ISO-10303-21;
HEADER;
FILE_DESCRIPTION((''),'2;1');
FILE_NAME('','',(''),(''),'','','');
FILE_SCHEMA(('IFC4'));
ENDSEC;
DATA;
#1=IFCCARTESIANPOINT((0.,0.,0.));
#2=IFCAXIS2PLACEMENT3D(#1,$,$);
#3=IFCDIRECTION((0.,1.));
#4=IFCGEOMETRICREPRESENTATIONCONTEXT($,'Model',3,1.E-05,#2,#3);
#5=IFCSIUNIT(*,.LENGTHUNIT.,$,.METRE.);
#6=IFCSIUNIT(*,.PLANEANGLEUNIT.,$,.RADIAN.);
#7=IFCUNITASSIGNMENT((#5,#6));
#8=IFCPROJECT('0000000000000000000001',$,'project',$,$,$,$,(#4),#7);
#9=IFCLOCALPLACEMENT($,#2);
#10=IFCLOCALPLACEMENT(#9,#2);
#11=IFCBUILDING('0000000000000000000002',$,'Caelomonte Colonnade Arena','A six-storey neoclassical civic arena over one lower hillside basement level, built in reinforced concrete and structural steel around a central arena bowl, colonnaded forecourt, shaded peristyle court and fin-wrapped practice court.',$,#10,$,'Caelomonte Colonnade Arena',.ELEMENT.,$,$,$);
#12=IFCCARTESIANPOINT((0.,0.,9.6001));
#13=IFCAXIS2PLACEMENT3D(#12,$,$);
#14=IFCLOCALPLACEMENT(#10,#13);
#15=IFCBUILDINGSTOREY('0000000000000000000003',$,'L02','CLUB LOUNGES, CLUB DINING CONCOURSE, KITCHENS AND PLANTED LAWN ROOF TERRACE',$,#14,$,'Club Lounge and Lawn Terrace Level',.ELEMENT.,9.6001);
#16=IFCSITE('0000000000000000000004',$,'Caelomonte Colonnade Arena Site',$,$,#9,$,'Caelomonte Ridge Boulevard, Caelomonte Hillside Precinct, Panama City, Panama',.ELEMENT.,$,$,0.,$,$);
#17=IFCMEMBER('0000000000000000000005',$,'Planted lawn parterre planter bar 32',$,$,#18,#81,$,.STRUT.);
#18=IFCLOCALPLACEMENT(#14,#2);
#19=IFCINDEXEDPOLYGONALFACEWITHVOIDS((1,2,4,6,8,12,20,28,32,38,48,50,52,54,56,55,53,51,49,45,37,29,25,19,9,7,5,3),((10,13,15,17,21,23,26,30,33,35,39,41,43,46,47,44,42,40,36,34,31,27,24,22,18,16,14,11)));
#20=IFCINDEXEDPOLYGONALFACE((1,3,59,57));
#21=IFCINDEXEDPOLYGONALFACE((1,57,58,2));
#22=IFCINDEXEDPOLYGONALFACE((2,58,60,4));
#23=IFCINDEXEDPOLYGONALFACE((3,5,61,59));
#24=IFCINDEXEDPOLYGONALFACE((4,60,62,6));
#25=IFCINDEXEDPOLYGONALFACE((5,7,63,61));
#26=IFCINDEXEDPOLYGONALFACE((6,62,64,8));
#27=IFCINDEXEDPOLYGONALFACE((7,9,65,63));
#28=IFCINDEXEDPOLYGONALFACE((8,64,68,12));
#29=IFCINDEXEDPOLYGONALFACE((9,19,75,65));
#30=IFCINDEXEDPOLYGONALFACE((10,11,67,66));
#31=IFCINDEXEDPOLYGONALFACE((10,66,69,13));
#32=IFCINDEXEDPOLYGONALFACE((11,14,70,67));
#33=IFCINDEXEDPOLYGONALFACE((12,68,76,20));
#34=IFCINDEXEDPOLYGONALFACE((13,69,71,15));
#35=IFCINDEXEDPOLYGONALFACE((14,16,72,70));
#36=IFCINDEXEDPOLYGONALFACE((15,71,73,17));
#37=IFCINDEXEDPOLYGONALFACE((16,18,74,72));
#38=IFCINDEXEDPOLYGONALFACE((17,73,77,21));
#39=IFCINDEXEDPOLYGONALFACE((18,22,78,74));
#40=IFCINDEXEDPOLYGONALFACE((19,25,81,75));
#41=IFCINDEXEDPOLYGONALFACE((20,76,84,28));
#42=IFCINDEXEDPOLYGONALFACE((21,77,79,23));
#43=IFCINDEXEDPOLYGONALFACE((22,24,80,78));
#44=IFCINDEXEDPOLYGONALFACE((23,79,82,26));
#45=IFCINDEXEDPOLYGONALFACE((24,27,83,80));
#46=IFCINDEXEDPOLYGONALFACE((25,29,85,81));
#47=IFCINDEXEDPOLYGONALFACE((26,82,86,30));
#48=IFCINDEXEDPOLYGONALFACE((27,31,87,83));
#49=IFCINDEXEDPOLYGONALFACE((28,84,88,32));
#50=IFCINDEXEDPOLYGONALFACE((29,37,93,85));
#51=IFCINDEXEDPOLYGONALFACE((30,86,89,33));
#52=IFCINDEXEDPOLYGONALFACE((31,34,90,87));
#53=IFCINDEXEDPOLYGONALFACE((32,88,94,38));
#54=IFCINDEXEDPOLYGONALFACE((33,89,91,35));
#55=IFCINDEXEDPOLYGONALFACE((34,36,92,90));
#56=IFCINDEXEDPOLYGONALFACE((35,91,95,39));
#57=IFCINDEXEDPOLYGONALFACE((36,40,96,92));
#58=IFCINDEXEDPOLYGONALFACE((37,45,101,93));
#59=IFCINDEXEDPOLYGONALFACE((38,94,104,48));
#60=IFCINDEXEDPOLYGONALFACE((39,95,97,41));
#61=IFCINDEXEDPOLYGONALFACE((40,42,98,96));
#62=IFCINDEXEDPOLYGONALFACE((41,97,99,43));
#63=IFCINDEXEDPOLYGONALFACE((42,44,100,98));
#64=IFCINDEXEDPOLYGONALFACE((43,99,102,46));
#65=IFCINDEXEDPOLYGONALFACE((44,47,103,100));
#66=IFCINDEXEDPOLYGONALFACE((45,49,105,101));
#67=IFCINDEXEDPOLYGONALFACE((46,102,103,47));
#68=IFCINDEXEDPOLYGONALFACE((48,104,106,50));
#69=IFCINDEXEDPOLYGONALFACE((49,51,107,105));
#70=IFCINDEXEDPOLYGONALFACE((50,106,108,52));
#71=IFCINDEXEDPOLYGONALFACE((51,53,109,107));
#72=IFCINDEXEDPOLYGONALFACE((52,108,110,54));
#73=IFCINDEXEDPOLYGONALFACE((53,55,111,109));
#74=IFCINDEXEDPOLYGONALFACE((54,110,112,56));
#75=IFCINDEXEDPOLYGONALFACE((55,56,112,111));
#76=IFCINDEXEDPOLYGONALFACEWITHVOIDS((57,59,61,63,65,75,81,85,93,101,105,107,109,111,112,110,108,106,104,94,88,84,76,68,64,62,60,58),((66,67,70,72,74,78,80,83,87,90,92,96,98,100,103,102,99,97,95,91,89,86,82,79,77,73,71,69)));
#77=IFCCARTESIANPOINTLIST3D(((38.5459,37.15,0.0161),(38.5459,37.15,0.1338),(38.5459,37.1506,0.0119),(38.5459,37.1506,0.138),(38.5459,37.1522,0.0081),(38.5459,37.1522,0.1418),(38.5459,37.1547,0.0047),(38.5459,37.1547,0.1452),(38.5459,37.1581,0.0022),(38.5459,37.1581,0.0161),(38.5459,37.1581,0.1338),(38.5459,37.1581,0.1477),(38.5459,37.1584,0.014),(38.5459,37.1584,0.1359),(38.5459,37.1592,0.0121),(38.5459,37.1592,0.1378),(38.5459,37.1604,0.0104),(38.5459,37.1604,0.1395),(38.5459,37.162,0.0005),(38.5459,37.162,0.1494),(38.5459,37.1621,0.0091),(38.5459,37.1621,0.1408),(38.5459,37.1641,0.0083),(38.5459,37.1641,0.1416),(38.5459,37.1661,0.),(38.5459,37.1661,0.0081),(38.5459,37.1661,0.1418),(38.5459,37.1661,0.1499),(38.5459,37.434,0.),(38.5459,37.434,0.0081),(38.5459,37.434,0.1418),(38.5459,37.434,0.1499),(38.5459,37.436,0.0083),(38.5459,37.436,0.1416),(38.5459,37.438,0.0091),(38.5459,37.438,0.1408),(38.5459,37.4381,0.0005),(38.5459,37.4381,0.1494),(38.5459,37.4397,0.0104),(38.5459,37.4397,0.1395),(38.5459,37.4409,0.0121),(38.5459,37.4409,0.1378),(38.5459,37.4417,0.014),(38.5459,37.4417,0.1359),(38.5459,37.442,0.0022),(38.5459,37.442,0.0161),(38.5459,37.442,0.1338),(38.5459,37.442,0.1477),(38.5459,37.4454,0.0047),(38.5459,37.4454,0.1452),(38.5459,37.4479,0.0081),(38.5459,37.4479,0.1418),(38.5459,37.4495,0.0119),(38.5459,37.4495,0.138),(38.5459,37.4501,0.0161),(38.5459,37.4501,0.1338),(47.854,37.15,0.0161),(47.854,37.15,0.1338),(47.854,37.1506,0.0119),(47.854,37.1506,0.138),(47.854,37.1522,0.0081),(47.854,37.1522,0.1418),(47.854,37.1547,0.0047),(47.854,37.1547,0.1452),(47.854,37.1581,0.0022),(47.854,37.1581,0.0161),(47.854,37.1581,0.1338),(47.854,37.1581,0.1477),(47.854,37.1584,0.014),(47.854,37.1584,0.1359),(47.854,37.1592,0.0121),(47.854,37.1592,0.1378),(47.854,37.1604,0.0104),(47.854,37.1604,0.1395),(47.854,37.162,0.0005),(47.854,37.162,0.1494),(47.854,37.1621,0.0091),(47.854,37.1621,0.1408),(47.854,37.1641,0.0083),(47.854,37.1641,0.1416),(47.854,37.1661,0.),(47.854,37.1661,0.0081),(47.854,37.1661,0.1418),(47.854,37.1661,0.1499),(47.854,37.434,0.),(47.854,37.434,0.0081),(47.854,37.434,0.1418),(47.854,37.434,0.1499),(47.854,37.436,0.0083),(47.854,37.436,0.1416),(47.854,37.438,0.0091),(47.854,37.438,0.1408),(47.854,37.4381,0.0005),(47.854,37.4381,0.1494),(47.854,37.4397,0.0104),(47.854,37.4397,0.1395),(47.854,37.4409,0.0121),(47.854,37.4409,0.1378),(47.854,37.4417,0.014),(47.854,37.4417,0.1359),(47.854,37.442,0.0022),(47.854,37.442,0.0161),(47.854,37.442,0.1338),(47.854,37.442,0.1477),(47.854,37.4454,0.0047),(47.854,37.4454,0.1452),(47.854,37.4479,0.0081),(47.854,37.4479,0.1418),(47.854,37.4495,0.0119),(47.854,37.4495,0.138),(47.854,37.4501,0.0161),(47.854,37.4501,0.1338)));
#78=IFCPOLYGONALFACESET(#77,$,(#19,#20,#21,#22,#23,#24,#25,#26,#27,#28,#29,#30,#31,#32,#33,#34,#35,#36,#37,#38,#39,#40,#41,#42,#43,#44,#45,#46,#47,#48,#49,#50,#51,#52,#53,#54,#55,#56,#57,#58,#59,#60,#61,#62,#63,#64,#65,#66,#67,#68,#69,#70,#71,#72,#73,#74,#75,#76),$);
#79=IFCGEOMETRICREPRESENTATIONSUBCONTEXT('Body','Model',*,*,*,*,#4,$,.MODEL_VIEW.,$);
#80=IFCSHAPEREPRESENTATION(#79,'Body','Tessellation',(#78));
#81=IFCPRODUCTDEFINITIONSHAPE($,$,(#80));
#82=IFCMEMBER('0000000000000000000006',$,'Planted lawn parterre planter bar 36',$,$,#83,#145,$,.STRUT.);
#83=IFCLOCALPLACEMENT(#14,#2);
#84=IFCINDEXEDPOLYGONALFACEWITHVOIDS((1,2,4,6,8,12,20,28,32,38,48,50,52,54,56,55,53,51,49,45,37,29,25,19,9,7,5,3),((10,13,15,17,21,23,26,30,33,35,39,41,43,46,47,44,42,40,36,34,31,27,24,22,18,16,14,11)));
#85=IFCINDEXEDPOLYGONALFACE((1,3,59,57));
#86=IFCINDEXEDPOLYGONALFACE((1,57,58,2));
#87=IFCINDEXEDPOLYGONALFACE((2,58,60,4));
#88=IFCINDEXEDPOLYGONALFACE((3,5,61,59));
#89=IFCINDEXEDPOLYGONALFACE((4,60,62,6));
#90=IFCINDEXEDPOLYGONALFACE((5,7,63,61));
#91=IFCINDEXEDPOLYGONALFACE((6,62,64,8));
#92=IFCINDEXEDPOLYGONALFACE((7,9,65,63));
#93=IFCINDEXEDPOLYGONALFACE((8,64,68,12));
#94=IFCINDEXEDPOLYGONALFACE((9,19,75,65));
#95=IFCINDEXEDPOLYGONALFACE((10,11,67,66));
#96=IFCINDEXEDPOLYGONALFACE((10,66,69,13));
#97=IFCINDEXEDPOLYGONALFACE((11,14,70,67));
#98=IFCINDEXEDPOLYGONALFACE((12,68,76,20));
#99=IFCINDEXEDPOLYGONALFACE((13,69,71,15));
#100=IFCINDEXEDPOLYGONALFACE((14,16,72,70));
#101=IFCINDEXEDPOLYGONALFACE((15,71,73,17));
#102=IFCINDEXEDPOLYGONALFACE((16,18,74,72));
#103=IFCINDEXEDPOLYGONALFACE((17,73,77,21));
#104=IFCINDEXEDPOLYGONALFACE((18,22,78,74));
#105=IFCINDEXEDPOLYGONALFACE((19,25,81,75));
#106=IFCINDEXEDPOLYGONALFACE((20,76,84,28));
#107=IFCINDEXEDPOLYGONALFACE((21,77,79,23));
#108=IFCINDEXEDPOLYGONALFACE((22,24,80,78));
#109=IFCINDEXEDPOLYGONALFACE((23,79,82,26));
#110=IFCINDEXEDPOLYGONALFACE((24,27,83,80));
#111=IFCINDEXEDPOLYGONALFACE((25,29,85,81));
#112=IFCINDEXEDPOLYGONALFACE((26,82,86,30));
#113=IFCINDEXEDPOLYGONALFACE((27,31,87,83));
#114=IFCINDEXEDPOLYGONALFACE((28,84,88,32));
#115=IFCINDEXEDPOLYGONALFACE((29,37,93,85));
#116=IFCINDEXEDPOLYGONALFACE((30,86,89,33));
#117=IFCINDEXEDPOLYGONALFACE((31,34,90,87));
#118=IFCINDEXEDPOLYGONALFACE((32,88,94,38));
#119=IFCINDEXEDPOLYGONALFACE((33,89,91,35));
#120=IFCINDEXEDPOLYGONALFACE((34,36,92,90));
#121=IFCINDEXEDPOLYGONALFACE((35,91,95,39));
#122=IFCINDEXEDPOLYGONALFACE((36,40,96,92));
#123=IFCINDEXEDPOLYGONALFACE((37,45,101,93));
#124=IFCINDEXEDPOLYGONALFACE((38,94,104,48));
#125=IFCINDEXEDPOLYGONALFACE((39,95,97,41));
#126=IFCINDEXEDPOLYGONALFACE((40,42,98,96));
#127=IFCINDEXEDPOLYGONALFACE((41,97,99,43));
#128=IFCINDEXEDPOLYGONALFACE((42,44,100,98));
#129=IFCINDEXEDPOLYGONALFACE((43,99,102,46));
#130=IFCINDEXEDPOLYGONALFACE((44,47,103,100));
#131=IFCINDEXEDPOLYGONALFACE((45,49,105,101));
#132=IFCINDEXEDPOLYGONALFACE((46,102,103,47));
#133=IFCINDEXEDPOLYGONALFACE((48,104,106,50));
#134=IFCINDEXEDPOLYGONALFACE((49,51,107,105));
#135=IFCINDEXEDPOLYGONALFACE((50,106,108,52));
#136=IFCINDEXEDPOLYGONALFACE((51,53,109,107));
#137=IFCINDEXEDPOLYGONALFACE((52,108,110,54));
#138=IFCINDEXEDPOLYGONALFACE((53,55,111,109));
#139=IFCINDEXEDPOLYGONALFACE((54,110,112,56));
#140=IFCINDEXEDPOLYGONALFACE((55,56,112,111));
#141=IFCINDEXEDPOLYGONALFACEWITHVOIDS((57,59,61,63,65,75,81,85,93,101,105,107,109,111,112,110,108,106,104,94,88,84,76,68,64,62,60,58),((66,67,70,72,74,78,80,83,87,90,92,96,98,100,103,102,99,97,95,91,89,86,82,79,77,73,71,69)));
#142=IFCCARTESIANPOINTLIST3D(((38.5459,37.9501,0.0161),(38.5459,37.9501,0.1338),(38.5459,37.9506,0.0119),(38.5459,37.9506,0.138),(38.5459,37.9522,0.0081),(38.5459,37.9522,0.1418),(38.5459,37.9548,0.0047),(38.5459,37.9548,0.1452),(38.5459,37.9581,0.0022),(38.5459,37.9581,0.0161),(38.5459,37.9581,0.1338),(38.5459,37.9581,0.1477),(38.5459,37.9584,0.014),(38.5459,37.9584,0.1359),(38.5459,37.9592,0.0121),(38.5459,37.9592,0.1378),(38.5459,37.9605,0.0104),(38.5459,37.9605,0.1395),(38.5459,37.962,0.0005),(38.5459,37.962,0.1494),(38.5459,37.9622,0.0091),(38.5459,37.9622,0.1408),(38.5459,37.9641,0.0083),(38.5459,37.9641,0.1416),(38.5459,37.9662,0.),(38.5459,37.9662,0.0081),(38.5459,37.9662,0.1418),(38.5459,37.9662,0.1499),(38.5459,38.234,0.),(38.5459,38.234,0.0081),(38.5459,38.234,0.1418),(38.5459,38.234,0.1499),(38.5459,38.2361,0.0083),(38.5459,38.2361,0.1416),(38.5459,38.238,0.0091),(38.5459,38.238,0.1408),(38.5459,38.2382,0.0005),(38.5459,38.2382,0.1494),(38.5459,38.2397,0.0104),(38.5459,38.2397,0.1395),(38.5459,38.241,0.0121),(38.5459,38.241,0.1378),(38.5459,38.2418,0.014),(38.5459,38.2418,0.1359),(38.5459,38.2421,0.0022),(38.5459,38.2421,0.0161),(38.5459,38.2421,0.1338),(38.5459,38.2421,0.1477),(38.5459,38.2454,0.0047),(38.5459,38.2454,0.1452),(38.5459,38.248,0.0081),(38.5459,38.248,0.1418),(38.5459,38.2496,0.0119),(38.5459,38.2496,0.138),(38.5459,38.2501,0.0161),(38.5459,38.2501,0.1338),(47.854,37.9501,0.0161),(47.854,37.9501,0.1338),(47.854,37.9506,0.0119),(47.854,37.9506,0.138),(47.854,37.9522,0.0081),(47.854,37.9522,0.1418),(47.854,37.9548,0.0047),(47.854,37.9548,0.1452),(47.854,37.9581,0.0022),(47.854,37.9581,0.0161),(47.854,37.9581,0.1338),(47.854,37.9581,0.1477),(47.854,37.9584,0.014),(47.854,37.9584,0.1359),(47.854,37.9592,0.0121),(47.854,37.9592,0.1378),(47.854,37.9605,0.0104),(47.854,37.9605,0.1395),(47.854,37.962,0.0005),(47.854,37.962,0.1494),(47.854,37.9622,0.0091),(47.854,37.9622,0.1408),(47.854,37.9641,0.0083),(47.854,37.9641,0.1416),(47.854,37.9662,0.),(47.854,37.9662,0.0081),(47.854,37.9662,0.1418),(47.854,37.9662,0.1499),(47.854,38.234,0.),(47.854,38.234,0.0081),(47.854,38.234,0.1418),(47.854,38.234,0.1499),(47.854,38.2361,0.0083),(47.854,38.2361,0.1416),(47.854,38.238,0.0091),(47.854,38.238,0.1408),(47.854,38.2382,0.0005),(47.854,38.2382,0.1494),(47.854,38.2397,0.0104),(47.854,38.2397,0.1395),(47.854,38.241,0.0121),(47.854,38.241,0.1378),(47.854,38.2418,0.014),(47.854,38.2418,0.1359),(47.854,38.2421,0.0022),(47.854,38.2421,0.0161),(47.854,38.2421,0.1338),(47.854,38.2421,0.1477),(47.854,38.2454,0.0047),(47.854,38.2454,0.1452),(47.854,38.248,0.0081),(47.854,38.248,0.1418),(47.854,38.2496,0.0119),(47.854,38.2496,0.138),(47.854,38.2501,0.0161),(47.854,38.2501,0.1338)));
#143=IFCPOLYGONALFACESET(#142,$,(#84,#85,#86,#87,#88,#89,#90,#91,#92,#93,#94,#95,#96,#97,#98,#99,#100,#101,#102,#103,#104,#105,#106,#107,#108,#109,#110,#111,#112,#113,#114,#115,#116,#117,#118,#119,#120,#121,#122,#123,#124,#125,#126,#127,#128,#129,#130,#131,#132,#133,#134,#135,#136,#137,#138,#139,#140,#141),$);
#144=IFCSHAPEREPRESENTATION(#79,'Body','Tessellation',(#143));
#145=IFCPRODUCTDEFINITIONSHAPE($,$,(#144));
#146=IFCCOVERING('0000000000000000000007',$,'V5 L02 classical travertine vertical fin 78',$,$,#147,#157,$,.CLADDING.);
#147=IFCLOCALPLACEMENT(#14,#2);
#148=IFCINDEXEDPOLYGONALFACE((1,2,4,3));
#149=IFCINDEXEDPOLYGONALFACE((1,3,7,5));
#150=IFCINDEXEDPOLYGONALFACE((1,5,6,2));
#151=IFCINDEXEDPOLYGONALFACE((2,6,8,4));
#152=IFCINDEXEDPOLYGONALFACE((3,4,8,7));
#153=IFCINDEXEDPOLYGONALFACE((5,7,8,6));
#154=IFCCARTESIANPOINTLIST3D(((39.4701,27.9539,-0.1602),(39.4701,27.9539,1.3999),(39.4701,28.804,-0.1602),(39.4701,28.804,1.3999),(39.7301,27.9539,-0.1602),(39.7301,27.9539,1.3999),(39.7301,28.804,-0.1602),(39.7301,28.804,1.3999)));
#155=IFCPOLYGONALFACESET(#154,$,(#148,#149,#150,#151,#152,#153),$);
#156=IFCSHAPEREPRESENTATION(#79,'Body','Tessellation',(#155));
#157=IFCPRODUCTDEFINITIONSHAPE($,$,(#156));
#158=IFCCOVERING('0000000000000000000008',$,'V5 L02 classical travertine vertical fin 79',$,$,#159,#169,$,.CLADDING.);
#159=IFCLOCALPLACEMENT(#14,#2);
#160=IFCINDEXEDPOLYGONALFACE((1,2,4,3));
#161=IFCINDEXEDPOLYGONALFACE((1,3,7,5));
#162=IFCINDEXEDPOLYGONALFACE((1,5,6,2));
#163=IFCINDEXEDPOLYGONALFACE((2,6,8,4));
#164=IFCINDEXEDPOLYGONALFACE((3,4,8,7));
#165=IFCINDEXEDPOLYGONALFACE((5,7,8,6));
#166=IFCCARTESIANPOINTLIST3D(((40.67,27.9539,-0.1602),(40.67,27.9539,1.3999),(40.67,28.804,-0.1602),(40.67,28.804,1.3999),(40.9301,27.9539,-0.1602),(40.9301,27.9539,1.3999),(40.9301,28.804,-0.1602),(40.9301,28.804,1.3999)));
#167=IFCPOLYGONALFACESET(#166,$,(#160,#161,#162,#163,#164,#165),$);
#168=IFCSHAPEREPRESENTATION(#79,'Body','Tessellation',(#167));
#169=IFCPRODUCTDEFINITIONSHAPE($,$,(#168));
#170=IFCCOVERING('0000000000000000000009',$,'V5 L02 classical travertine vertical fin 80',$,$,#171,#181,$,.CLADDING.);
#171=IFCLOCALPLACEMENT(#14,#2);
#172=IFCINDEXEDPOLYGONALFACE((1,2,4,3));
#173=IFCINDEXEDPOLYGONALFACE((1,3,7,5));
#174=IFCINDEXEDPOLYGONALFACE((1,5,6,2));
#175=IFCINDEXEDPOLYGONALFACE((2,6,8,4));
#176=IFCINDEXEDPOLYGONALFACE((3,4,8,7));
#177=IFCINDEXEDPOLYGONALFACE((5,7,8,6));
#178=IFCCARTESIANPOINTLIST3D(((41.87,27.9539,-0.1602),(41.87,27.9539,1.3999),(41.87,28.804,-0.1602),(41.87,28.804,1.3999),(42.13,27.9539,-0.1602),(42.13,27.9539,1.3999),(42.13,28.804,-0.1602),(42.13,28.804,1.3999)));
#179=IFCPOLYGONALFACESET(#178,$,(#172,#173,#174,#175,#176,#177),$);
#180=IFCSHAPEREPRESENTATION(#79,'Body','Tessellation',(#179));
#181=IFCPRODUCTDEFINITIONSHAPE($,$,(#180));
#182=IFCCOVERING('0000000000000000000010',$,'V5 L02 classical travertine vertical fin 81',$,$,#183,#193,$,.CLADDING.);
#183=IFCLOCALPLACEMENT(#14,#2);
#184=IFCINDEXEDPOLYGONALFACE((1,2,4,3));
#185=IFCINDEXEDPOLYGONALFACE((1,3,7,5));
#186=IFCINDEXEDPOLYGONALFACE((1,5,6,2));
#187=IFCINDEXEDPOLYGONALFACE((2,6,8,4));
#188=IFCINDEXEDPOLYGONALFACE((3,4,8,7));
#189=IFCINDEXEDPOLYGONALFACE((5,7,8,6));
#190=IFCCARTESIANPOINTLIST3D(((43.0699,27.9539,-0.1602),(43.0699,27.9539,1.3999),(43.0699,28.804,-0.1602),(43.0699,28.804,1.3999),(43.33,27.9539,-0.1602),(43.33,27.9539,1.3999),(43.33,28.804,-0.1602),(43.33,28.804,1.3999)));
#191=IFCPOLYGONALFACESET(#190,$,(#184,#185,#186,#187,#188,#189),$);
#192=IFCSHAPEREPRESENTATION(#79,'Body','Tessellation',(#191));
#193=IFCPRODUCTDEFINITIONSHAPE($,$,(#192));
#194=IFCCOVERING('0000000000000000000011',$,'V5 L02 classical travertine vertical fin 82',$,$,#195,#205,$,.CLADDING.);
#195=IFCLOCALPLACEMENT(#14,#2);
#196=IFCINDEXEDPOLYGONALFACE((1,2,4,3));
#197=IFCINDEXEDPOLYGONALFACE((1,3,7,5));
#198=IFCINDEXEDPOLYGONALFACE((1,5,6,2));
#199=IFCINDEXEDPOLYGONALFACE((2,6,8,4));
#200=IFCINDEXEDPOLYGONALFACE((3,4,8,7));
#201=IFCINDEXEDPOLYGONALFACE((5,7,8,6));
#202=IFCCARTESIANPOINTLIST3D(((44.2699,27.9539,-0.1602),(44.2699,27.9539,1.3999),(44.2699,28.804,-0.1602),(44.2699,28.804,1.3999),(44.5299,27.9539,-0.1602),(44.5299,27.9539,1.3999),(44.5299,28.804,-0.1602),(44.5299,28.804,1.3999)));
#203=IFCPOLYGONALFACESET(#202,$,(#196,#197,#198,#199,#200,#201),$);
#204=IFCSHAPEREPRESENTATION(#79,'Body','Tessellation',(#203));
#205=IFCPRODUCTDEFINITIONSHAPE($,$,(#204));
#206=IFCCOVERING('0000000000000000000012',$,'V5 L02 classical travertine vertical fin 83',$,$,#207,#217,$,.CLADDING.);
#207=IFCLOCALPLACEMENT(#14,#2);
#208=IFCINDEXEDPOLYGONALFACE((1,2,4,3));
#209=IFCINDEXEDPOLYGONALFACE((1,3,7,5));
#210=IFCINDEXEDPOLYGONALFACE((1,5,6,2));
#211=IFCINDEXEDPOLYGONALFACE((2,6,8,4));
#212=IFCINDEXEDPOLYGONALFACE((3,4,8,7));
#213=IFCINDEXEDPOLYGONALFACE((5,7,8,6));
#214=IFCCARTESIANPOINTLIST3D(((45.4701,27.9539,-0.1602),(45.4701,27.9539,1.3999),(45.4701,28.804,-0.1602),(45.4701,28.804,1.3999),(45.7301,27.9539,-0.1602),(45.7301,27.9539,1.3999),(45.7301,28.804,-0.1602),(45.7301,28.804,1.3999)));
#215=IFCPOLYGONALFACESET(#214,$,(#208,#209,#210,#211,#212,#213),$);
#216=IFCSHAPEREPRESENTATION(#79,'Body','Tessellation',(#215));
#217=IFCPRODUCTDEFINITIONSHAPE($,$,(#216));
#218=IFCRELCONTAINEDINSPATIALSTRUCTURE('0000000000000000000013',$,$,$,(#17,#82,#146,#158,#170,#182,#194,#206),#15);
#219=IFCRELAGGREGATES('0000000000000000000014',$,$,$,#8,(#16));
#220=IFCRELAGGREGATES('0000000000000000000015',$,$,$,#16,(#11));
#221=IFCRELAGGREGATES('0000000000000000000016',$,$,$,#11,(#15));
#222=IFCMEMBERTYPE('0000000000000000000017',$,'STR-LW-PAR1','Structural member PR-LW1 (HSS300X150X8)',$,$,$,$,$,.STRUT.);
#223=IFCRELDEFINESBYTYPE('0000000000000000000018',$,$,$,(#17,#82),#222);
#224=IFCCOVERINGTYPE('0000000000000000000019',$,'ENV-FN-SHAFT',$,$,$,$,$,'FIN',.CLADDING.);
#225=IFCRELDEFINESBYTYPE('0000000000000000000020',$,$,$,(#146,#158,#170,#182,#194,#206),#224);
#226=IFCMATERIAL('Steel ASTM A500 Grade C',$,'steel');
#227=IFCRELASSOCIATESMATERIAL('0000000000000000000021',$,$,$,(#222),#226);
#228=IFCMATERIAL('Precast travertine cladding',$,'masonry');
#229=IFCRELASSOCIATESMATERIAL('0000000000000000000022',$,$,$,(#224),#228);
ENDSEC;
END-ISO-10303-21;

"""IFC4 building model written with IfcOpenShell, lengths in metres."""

from ifc_helpers import new_model, si_unit, direction, frame, origin, origin_2d, place, context, subcontext, project, spatial, rectangle, hollow_rectangle, extrude, material, material_profile, profile_set, type_object, element, save


model = new_model("IFC4")

# Units and contexts
model_context = context("Model", 3, precision=1e-05, world=origin(), true_north=direction((0.0, 1.0)))
body_context = subcontext(model_context, "Body", "Model", "MODEL_VIEW")
ifc_project = project(units=[si_unit("LENGTHUNIT", "METRE"), si_unit("PLANEANGLEUNIT", "RADIAN")], contexts=[model_context])

# Site, building, storey
site_placement = place(None, origin())
site = spatial("IfcSite", under=ifc_project, at=site_placement, Name="Caelomonte Colonnade Arena Site", LongName="Caelomonte Ridge Boulevard, Caelomonte Hillside Precinct, Panama City, Panama", CompositionType="ELEMENT", RefElevation=0.0)
building_placement = place(site_placement, origin())
building = spatial("IfcBuilding", under=site, at=building_placement, Name="Caelomonte Colonnade Arena", Description="A six-storey neoclassical civic arena over one lower hillside basement level, built in reinforced concrete and structural steel around a central arena bowl, colonnaded forecourt, shaded peristyle court and fin-wrapped practice court.", LongName="Caelomonte Colonnade Arena", CompositionType="ELEMENT")
storey_placement = place(building_placement, frame((0.0, 0.0, 9.6001)))
storey = spatial("IfcBuildingStorey", under=building, at=storey_placement, Name="L02", Description="CLUB LOUNGES, CLUB DINING CONCOURSE, KITCHENS AND PLANTED LAWN ROOF TERRACE", LongName="Club Lounge and Lawn Terrace Level", CompositionType="ELEMENT", Elevation=9.6001)

# Members
ifc_material_1 = material(Name="Steel ASTM A500 Grade C", Category="steel")
ifc_material_profile_1 = material_profile(ifc_material_1, hollow_rectangle(XDim=0.3, YDim=0.1499, WallThickness=0.0081, InnerFilletRadius=0.0081, OuterFilletRadius=0.0161, at=origin_2d()), Name="HSS300X150X8")
ifc_profile_set_1 = profile_set([ifc_material_profile_1], Name="Steel ASTM A500 Grade C")
member_type = type_object("IfcMemberType", Name="STR-LW-PAR1", Description="Structural member PR-LW1 (HSS300X150X8)", PredefinedType="STRUT", material=ifc_profile_set_1)
for number, where, z_axis, x_axis, name in (
    (1, (38.5459, 37.3, 0.075), (1.0, 0.0, 0.0), (0.0, 1.0, 0.0), "Planted lawn parterre planter bar 32"),
    (2, (38.5459, 38.1001, 0.075), (1.0, 0.0, 0.0), (0.0, 1.0, 0.0), "Planted lawn parterre planter bar 36"),
):
    element("IfcMember", number, at=place(storey_placement, frame(where, z_axis=z_axis, x_axis=x_axis)), inside=storey, type_object=member_type, Name=name, PredefinedType="STRUT", context=body_context, shape_type="SweptSolid", body=[
        extrude(hollow_rectangle(XDim=0.3, YDim=0.1499, WallThickness=0.0081, InnerFilletRadius=0.0081, OuterFilletRadius=0.0161, at=origin_2d()), origin(), (0.0, 0.0, 1.0), 9.3081),
    ])

# Coverings
ifc_material_2 = material(Name="Precast travertine cladding", Category="masonry")
ifc_material_profile_2 = material_profile(ifc_material_2, rectangle(XDim=0.26, YDim=0.8501, at=origin_2d()), Name="FIN260X850")
ifc_profile_set_2 = profile_set([ifc_material_profile_2], Name="Precast travertine cladding")
covering_type = type_object("IfcCoveringType", Name="ENV-FN-SHAFT", ElementType="FIN", PredefinedType="CLADDING", material=ifc_profile_set_2)
for number, where, z_axis, x_axis, name in (
    (3, (39.6001, 28.3789, -0.1602), (0.0, 0.0, 1.0), (-1.0, 0.0, 0.0), "V5 L02 classical travertine vertical fin 78"),
    (4, (40.8, 28.3789, -0.1602), (0.0, 0.0, 1.0), (-1.0, 0.0, 0.0), "V5 L02 classical travertine vertical fin 79"),
    (5, (42.0, 28.3789, -0.1602), (0.0, 0.0, 1.0), (-1.0, 0.0, 0.0), "V5 L02 classical travertine vertical fin 80"),
    (6, (43.2, 28.3789, -0.1602), (0.0, 0.0, 1.0), (-1.0, 0.0, 0.0), "V5 L02 classical travertine vertical fin 81"),
    (7, (44.3999, 28.3789, -0.1602), (0.0, 0.0, 1.0), (-1.0, 0.0, 0.0), "V5 L02 classical travertine vertical fin 82"),
    (8, (45.6001, 28.3789, -0.1602), (0.0, 0.0, 1.0), (-1.0, 0.0, 0.0), "V5 L02 classical travertine vertical fin 83"),
):
    element("IfcCovering", number, at=place(storey_placement, frame(where, z_axis=z_axis, x_axis=x_axis)), inside=storey, type_object=covering_type, Name=name, PredefinedType="CLADDING", context=body_context, shape_type="SweptSolid", body=[
        extrude(rectangle(XDim=0.26, YDim=0.8501, at=origin_2d()), origin(), (0.0, 0.0, 1.0), 1.5601),
    ])

save(model, "model.ifc")
